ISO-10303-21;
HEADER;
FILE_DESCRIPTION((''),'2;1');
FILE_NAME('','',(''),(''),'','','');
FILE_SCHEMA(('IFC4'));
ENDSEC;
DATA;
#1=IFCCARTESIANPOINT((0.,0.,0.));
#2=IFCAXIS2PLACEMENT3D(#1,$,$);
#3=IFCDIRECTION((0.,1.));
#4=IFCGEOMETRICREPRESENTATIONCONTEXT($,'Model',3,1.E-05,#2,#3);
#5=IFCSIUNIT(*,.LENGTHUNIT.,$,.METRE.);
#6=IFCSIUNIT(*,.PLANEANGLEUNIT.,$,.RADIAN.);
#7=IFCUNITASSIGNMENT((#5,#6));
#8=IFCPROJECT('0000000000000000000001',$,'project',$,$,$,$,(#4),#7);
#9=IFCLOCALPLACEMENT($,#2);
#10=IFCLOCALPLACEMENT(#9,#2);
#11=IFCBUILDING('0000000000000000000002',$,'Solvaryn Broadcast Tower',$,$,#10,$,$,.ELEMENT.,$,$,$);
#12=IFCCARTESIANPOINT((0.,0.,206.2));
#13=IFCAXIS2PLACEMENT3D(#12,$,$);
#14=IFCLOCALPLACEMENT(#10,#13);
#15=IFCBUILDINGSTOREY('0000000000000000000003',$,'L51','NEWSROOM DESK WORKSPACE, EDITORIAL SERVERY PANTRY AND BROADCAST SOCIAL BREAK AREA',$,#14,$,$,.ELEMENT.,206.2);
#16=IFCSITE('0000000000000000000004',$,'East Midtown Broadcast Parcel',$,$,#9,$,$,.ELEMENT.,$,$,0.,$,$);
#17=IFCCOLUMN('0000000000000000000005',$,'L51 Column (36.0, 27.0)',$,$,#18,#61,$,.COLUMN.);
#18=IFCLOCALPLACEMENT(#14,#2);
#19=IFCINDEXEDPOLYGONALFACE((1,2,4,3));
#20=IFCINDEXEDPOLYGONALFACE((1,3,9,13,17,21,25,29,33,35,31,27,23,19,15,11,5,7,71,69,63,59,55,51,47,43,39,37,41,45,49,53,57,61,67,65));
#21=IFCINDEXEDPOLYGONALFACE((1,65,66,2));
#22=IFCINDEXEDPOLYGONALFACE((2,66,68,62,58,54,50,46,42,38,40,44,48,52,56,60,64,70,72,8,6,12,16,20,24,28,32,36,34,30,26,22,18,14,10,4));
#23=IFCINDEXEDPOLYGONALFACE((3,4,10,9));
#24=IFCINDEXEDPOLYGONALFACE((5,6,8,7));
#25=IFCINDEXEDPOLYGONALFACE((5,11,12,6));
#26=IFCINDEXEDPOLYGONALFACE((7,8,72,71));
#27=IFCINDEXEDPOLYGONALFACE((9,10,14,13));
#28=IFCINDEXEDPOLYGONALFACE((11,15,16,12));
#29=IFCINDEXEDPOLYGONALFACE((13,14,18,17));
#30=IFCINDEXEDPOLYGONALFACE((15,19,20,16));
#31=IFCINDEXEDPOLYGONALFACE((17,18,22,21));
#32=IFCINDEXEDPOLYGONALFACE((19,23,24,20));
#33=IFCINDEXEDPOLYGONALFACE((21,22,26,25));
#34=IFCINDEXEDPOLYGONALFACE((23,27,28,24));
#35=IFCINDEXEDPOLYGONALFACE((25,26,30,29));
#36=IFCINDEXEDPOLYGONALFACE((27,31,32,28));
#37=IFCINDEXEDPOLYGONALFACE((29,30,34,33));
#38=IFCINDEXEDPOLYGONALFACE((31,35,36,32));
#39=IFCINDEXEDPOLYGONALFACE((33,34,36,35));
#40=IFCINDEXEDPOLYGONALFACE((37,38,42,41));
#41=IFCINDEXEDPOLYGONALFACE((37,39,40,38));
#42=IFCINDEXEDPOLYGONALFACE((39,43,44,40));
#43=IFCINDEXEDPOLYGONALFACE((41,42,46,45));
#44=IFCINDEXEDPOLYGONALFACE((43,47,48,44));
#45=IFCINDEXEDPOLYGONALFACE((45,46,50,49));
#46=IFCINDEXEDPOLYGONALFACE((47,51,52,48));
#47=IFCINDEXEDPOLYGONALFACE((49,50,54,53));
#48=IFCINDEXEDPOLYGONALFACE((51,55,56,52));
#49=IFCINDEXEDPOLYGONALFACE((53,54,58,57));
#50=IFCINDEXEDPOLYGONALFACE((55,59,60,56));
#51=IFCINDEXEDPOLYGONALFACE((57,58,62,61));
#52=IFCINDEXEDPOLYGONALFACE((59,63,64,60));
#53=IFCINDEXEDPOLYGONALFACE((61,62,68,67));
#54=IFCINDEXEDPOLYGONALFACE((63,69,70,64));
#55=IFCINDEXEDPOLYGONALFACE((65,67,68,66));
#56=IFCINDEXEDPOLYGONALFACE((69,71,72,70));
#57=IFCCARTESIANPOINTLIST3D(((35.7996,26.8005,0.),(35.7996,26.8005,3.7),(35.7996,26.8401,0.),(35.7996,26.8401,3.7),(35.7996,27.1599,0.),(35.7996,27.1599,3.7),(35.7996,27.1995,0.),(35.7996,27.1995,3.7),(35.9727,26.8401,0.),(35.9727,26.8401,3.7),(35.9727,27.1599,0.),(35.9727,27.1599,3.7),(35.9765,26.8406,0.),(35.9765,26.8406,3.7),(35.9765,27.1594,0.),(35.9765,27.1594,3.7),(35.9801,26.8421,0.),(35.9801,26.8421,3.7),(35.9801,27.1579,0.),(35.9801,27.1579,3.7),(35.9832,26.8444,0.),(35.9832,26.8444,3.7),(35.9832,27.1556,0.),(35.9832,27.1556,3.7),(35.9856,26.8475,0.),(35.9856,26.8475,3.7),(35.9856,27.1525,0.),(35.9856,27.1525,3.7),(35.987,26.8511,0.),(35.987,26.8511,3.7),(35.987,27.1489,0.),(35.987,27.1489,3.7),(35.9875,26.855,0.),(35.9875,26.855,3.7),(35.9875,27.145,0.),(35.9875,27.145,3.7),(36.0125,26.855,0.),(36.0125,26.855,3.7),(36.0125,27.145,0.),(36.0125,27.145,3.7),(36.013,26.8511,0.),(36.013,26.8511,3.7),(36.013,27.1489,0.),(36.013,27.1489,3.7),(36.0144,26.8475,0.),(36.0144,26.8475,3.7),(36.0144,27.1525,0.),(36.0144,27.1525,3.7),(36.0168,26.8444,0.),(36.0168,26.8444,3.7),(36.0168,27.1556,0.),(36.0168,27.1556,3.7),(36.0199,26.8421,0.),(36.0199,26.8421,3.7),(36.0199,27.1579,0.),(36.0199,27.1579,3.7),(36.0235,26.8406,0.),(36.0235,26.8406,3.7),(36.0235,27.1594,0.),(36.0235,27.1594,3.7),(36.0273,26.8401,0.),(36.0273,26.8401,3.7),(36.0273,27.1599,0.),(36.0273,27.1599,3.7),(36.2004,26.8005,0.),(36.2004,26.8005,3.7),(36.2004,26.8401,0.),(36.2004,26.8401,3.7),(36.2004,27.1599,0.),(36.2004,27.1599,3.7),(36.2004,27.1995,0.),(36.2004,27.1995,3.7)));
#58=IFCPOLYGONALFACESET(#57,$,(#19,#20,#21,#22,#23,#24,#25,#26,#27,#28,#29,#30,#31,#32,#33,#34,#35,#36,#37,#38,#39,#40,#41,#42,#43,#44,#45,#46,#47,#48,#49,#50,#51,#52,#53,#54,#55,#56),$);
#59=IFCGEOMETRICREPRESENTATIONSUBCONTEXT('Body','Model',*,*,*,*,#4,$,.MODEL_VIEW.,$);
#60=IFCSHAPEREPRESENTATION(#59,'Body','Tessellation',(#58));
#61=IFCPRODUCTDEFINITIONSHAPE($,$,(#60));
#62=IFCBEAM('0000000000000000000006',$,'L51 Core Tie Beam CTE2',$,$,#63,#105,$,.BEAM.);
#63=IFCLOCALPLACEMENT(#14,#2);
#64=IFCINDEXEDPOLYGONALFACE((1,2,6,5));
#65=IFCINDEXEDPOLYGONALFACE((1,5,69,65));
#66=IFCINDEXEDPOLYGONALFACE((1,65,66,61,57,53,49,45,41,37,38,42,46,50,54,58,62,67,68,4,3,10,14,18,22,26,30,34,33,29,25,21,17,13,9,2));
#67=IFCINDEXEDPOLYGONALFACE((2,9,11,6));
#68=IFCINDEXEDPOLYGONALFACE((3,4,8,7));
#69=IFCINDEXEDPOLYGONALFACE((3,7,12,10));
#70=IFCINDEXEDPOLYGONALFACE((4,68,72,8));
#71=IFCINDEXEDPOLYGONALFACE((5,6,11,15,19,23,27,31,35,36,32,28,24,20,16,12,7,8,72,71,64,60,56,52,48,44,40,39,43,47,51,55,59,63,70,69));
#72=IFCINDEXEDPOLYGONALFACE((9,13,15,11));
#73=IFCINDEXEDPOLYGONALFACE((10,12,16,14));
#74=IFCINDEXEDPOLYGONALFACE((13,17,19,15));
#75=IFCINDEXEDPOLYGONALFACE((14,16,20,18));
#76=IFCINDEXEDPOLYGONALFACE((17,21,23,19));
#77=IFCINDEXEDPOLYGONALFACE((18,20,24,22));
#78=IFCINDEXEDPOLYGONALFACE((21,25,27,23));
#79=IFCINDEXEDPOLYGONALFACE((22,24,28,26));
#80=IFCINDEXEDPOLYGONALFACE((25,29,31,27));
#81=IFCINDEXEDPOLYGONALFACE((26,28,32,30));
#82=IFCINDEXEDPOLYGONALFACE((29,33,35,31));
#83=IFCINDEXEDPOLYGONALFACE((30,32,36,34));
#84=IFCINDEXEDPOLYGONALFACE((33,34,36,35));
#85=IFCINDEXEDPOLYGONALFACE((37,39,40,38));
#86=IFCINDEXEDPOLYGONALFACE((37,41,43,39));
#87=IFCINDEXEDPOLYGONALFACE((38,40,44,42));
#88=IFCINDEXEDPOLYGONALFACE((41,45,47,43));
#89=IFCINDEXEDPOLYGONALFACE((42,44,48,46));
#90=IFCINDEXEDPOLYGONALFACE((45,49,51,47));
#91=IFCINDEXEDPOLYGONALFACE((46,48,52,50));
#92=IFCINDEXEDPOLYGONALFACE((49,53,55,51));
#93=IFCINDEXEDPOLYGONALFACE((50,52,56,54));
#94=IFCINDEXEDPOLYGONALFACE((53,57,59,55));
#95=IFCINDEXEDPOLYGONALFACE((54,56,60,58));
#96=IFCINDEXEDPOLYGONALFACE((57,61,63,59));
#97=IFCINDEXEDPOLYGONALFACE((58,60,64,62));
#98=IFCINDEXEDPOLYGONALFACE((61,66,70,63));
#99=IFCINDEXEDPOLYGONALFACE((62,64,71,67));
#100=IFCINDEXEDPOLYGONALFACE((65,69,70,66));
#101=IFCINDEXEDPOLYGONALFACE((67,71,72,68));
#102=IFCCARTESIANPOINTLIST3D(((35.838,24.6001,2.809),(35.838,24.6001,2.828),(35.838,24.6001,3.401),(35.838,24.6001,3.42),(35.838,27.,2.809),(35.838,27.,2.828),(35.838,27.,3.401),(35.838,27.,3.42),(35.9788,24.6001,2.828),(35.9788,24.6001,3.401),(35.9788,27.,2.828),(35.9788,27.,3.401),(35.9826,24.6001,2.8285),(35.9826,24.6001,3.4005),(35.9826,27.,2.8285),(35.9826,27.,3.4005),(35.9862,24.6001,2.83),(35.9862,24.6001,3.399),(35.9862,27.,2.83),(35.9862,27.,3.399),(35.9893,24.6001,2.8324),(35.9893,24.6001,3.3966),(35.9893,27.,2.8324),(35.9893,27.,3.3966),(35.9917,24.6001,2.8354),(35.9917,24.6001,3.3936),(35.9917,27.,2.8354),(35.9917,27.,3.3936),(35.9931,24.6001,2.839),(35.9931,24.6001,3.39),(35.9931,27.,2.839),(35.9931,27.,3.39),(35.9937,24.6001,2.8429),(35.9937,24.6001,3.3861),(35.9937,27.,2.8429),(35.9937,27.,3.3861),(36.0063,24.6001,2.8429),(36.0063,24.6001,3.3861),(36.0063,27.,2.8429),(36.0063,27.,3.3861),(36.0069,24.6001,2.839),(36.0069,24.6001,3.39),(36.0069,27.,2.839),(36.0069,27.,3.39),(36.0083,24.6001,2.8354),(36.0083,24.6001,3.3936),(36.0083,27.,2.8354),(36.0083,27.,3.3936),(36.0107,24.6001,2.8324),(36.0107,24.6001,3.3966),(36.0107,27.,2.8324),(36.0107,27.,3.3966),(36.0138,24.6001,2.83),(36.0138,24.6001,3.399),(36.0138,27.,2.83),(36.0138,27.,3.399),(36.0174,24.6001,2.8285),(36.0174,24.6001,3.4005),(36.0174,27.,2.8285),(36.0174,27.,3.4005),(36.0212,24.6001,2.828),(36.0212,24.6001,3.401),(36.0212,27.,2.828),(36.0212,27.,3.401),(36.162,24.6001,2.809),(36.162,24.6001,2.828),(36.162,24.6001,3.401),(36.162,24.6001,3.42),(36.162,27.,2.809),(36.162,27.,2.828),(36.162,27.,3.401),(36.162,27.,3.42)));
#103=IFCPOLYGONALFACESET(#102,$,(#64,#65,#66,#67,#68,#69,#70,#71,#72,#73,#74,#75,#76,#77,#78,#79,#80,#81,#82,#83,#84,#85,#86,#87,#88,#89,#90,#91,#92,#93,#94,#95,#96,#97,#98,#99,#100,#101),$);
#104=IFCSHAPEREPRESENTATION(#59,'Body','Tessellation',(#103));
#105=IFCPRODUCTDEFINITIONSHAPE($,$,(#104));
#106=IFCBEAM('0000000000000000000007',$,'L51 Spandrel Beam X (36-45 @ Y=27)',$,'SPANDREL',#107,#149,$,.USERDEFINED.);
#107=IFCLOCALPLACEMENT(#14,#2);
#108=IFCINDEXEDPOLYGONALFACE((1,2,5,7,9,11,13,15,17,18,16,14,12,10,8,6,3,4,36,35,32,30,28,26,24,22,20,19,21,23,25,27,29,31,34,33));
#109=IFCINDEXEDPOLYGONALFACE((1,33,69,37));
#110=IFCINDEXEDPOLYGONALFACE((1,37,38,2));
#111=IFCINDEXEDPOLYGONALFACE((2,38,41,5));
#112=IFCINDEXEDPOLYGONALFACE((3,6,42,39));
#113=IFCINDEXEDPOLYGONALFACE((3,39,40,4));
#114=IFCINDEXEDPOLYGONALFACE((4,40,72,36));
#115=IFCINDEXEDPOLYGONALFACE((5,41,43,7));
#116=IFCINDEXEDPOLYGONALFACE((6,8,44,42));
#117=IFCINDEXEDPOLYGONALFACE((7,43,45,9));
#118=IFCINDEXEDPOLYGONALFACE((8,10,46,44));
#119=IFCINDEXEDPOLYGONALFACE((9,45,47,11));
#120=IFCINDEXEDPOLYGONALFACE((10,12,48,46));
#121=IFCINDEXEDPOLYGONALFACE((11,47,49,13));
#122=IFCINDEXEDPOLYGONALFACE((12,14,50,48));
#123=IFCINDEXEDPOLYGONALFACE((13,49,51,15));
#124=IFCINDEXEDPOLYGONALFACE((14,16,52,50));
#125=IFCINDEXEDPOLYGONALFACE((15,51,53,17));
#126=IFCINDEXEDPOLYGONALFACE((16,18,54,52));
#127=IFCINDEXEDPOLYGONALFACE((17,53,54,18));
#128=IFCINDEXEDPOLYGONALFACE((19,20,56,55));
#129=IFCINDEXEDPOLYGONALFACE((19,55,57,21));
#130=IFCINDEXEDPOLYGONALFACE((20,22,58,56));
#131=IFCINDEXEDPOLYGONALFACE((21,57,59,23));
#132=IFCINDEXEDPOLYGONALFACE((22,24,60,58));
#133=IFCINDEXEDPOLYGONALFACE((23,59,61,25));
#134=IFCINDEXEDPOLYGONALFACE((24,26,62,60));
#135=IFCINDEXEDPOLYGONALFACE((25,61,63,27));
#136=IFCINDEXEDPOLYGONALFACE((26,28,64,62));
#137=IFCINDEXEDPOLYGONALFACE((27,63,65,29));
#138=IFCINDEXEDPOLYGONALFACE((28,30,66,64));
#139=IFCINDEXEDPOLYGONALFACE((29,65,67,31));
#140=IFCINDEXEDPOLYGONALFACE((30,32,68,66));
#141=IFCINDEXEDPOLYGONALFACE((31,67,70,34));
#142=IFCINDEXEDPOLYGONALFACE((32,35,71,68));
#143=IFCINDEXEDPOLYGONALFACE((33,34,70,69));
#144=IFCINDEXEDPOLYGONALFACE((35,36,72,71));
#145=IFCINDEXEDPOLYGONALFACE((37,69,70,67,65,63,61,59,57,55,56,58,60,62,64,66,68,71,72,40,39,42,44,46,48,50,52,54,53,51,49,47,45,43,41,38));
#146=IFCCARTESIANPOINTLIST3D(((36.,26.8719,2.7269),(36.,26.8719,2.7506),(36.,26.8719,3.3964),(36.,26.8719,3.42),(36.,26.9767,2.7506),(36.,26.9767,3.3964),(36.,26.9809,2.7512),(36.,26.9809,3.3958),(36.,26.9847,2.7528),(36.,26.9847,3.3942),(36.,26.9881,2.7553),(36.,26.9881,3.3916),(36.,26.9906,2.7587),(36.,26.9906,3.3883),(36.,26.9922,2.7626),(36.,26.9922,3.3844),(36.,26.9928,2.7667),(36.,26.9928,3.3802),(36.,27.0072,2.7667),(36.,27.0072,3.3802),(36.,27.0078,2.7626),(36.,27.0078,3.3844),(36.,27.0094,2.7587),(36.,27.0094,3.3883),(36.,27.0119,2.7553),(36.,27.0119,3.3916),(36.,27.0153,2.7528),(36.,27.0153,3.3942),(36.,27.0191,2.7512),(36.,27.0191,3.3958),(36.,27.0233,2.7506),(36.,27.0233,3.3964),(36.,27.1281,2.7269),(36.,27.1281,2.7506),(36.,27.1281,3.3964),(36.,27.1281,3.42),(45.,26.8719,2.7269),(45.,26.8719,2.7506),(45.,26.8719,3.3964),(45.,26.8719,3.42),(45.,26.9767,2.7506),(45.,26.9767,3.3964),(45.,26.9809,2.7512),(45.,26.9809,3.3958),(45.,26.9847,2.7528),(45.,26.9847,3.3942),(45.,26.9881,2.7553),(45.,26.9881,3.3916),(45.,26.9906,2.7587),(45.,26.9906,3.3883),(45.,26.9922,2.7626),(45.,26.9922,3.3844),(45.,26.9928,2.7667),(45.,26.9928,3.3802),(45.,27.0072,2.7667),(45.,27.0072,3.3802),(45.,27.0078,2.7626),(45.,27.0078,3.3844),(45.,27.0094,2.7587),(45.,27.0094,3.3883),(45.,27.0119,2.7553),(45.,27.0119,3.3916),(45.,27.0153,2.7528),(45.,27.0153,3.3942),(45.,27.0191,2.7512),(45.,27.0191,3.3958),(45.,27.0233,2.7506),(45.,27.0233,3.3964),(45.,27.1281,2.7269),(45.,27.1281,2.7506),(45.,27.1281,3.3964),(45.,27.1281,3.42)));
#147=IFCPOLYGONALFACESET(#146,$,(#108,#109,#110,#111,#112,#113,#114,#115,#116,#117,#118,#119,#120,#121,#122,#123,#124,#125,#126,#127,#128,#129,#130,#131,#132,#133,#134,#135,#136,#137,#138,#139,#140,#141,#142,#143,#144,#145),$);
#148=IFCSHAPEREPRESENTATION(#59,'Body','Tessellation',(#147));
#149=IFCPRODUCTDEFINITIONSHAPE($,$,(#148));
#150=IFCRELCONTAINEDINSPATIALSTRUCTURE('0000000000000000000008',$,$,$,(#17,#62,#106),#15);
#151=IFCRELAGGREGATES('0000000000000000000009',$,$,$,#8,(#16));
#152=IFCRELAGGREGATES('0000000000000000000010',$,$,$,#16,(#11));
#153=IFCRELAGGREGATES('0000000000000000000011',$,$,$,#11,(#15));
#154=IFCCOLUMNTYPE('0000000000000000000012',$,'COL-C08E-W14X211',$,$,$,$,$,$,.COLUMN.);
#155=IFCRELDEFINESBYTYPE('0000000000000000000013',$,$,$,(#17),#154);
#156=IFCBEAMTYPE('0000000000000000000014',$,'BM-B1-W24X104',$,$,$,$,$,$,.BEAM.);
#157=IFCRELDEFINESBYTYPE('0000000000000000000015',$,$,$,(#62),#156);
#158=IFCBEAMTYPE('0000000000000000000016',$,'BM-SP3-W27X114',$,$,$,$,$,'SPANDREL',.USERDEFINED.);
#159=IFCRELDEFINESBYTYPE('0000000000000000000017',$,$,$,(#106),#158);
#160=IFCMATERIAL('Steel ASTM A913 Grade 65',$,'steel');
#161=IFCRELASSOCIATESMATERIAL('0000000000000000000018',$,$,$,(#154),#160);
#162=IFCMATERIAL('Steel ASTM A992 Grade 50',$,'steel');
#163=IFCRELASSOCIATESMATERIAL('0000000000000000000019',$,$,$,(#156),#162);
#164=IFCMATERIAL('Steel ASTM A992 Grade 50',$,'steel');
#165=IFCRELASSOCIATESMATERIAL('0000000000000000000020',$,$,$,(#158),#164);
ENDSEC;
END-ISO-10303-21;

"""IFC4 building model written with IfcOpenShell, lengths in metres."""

from ifc_helpers import new_model, si_unit, direction, frame, origin, origin_2d, place, context, subcontext, project, spatial, i_section, extrude, material, material_profile, profile_set, type_object, element, save


model = new_model("IFC4")

# Units and contexts
model_context = context("Model", 3, precision=1e-05, world=origin(), true_north=direction((0.0, 1.0)))
body_context = subcontext(model_context, "Body", "Model", "MODEL_VIEW")
ifc_project = project(units=[si_unit("LENGTHUNIT", "METRE"), si_unit("PLANEANGLEUNIT", "RADIAN")], contexts=[model_context])

# Site, building, storey
site_placement = place(None, origin())
site = spatial("IfcSite", under=ifc_project, at=site_placement, Name="East Midtown Broadcast Parcel", CompositionType="ELEMENT", RefElevation=0.0)
building_placement = place(site_placement, origin())
building = spatial("IfcBuilding", under=site, at=building_placement, Name="Solvaryn Broadcast Tower", CompositionType="ELEMENT")
storey_placement = place(building_placement, frame((0.0, 0.0, 206.2)))
storey = spatial("IfcBuildingStorey", under=building, at=storey_placement, Name="L51", Description="NEWSROOM DESK WORKSPACE, EDITORIAL SERVERY PANTRY AND BROADCAST SOCIAL BREAK AREA", CompositionType="ELEMENT", Elevation=206.2)

# Column
ifc_material_1 = material(Name="Steel ASTM A913 Grade 65", Category="steel")
ifc_material_profile_1 = material_profile(ifc_material_1, i_section(OverallWidth=0.4009, OverallDepth=0.3989, WebThickness=0.0249, FlangeThickness=0.0396, FilletRadius=0.0149, at=origin_2d()))
ifc_profile_set_1 = profile_set([ifc_material_profile_1], Name="Steel ASTM A913 Grade 65")
column_type = type_object("IfcColumnType", Name="COL-C08E-W14X211", PredefinedType="COLUMN", material=ifc_profile_set_1)
column_placement = place(storey_placement, frame((36.0, 27.0, 0.0), z_axis=(0.0, 0.0, 1.0), x_axis=(1.0, 0.0, 0.0)))
element("IfcColumn", 1, at=column_placement, inside=storey, type_object=column_type, Name="L51 Column (36.0, 27.0)", PredefinedType="COLUMN", context=body_context, shape_type="SweptSolid", body=[
    extrude(i_section(OverallWidth=0.4009, OverallDepth=0.3989, WebThickness=0.0249, FlangeThickness=0.0396, FilletRadius=0.0149, at=origin_2d()), origin(), (0.0, 0.0, 1.0), 3.7),
])

# Beams
ifc_material_2 = material(Name="Steel ASTM A992 Grade 50", Category="steel")
ifc_material_profile_2 = material_profile(ifc_material_2, i_section(OverallWidth=0.324, OverallDepth=0.6111, WebThickness=0.0127, FlangeThickness=0.019, FilletRadius=0.0149, at=origin_2d()))
ifc_profile_set_2 = profile_set([ifc_material_profile_2], Name="Steel ASTM A992 Grade 50")
beam_type_1 = type_object("IfcBeamType", Name="BM-B1-W24X104", PredefinedType="BEAM", material=ifc_profile_set_2)
beam_1_placement = place(storey_placement, frame((36.0, 24.6001, 3.1145), z_axis=(0.0, 1.0, 0.0), x_axis=(-1.0, 0.0, 0.0)))
element("IfcBeam", 2, at=beam_1_placement, inside=storey, type_object=beam_type_1, Name="L51 Core Tie Beam CTE2", PredefinedType="BEAM", context=body_context, shape_type="SweptSolid", body=[
    extrude(i_section(OverallWidth=0.324, OverallDepth=0.6111, WebThickness=0.0127, FlangeThickness=0.019, FilletRadius=0.0149, at=origin_2d()), origin(), (0.0, 0.0, 1.0), 2.3999),
])
ifc_material_3 = material(Name="Steel ASTM A992 Grade 50", Category="steel")
ifc_material_profile_3 = material_profile(ifc_material_3, i_section(OverallWidth=0.2561, OverallDepth=0.6931, WebThickness=0.0144, FlangeThickness=0.0237, FilletRadius=0.0161, at=origin_2d()))
ifc_profile_set_3 = profile_set([ifc_material_profile_3], Name="Steel ASTM A992 Grade 50")
beam_type_2 = type_object("IfcBeamType", Name="BM-SP3-W27X114", ElementType="SPANDREL", PredefinedType="USERDEFINED", material=ifc_profile_set_3)
beam_2_placement = place(storey_placement, frame((36.0, 27.0, 3.0735), z_axis=(1.0, 0.0, 0.0), x_axis=(0.0, 1.0, 0.0)))
element("IfcBeam", 3, at=beam_2_placement, inside=storey, type_object=beam_type_2, Name="L51 Spandrel Beam X (36-45 @ Y=27)", ObjectType="SPANDREL", PredefinedType="USERDEFINED", context=body_context, shape_type="SweptSolid", body=[
    extrude(i_section(OverallWidth=0.2561, OverallDepth=0.6931, WebThickness=0.0144, FlangeThickness=0.0237, FilletRadius=0.0161, at=origin_2d()), origin(), (0.0, 0.0, 1.0), 9.0),
])

save(model, "model.ifc")
